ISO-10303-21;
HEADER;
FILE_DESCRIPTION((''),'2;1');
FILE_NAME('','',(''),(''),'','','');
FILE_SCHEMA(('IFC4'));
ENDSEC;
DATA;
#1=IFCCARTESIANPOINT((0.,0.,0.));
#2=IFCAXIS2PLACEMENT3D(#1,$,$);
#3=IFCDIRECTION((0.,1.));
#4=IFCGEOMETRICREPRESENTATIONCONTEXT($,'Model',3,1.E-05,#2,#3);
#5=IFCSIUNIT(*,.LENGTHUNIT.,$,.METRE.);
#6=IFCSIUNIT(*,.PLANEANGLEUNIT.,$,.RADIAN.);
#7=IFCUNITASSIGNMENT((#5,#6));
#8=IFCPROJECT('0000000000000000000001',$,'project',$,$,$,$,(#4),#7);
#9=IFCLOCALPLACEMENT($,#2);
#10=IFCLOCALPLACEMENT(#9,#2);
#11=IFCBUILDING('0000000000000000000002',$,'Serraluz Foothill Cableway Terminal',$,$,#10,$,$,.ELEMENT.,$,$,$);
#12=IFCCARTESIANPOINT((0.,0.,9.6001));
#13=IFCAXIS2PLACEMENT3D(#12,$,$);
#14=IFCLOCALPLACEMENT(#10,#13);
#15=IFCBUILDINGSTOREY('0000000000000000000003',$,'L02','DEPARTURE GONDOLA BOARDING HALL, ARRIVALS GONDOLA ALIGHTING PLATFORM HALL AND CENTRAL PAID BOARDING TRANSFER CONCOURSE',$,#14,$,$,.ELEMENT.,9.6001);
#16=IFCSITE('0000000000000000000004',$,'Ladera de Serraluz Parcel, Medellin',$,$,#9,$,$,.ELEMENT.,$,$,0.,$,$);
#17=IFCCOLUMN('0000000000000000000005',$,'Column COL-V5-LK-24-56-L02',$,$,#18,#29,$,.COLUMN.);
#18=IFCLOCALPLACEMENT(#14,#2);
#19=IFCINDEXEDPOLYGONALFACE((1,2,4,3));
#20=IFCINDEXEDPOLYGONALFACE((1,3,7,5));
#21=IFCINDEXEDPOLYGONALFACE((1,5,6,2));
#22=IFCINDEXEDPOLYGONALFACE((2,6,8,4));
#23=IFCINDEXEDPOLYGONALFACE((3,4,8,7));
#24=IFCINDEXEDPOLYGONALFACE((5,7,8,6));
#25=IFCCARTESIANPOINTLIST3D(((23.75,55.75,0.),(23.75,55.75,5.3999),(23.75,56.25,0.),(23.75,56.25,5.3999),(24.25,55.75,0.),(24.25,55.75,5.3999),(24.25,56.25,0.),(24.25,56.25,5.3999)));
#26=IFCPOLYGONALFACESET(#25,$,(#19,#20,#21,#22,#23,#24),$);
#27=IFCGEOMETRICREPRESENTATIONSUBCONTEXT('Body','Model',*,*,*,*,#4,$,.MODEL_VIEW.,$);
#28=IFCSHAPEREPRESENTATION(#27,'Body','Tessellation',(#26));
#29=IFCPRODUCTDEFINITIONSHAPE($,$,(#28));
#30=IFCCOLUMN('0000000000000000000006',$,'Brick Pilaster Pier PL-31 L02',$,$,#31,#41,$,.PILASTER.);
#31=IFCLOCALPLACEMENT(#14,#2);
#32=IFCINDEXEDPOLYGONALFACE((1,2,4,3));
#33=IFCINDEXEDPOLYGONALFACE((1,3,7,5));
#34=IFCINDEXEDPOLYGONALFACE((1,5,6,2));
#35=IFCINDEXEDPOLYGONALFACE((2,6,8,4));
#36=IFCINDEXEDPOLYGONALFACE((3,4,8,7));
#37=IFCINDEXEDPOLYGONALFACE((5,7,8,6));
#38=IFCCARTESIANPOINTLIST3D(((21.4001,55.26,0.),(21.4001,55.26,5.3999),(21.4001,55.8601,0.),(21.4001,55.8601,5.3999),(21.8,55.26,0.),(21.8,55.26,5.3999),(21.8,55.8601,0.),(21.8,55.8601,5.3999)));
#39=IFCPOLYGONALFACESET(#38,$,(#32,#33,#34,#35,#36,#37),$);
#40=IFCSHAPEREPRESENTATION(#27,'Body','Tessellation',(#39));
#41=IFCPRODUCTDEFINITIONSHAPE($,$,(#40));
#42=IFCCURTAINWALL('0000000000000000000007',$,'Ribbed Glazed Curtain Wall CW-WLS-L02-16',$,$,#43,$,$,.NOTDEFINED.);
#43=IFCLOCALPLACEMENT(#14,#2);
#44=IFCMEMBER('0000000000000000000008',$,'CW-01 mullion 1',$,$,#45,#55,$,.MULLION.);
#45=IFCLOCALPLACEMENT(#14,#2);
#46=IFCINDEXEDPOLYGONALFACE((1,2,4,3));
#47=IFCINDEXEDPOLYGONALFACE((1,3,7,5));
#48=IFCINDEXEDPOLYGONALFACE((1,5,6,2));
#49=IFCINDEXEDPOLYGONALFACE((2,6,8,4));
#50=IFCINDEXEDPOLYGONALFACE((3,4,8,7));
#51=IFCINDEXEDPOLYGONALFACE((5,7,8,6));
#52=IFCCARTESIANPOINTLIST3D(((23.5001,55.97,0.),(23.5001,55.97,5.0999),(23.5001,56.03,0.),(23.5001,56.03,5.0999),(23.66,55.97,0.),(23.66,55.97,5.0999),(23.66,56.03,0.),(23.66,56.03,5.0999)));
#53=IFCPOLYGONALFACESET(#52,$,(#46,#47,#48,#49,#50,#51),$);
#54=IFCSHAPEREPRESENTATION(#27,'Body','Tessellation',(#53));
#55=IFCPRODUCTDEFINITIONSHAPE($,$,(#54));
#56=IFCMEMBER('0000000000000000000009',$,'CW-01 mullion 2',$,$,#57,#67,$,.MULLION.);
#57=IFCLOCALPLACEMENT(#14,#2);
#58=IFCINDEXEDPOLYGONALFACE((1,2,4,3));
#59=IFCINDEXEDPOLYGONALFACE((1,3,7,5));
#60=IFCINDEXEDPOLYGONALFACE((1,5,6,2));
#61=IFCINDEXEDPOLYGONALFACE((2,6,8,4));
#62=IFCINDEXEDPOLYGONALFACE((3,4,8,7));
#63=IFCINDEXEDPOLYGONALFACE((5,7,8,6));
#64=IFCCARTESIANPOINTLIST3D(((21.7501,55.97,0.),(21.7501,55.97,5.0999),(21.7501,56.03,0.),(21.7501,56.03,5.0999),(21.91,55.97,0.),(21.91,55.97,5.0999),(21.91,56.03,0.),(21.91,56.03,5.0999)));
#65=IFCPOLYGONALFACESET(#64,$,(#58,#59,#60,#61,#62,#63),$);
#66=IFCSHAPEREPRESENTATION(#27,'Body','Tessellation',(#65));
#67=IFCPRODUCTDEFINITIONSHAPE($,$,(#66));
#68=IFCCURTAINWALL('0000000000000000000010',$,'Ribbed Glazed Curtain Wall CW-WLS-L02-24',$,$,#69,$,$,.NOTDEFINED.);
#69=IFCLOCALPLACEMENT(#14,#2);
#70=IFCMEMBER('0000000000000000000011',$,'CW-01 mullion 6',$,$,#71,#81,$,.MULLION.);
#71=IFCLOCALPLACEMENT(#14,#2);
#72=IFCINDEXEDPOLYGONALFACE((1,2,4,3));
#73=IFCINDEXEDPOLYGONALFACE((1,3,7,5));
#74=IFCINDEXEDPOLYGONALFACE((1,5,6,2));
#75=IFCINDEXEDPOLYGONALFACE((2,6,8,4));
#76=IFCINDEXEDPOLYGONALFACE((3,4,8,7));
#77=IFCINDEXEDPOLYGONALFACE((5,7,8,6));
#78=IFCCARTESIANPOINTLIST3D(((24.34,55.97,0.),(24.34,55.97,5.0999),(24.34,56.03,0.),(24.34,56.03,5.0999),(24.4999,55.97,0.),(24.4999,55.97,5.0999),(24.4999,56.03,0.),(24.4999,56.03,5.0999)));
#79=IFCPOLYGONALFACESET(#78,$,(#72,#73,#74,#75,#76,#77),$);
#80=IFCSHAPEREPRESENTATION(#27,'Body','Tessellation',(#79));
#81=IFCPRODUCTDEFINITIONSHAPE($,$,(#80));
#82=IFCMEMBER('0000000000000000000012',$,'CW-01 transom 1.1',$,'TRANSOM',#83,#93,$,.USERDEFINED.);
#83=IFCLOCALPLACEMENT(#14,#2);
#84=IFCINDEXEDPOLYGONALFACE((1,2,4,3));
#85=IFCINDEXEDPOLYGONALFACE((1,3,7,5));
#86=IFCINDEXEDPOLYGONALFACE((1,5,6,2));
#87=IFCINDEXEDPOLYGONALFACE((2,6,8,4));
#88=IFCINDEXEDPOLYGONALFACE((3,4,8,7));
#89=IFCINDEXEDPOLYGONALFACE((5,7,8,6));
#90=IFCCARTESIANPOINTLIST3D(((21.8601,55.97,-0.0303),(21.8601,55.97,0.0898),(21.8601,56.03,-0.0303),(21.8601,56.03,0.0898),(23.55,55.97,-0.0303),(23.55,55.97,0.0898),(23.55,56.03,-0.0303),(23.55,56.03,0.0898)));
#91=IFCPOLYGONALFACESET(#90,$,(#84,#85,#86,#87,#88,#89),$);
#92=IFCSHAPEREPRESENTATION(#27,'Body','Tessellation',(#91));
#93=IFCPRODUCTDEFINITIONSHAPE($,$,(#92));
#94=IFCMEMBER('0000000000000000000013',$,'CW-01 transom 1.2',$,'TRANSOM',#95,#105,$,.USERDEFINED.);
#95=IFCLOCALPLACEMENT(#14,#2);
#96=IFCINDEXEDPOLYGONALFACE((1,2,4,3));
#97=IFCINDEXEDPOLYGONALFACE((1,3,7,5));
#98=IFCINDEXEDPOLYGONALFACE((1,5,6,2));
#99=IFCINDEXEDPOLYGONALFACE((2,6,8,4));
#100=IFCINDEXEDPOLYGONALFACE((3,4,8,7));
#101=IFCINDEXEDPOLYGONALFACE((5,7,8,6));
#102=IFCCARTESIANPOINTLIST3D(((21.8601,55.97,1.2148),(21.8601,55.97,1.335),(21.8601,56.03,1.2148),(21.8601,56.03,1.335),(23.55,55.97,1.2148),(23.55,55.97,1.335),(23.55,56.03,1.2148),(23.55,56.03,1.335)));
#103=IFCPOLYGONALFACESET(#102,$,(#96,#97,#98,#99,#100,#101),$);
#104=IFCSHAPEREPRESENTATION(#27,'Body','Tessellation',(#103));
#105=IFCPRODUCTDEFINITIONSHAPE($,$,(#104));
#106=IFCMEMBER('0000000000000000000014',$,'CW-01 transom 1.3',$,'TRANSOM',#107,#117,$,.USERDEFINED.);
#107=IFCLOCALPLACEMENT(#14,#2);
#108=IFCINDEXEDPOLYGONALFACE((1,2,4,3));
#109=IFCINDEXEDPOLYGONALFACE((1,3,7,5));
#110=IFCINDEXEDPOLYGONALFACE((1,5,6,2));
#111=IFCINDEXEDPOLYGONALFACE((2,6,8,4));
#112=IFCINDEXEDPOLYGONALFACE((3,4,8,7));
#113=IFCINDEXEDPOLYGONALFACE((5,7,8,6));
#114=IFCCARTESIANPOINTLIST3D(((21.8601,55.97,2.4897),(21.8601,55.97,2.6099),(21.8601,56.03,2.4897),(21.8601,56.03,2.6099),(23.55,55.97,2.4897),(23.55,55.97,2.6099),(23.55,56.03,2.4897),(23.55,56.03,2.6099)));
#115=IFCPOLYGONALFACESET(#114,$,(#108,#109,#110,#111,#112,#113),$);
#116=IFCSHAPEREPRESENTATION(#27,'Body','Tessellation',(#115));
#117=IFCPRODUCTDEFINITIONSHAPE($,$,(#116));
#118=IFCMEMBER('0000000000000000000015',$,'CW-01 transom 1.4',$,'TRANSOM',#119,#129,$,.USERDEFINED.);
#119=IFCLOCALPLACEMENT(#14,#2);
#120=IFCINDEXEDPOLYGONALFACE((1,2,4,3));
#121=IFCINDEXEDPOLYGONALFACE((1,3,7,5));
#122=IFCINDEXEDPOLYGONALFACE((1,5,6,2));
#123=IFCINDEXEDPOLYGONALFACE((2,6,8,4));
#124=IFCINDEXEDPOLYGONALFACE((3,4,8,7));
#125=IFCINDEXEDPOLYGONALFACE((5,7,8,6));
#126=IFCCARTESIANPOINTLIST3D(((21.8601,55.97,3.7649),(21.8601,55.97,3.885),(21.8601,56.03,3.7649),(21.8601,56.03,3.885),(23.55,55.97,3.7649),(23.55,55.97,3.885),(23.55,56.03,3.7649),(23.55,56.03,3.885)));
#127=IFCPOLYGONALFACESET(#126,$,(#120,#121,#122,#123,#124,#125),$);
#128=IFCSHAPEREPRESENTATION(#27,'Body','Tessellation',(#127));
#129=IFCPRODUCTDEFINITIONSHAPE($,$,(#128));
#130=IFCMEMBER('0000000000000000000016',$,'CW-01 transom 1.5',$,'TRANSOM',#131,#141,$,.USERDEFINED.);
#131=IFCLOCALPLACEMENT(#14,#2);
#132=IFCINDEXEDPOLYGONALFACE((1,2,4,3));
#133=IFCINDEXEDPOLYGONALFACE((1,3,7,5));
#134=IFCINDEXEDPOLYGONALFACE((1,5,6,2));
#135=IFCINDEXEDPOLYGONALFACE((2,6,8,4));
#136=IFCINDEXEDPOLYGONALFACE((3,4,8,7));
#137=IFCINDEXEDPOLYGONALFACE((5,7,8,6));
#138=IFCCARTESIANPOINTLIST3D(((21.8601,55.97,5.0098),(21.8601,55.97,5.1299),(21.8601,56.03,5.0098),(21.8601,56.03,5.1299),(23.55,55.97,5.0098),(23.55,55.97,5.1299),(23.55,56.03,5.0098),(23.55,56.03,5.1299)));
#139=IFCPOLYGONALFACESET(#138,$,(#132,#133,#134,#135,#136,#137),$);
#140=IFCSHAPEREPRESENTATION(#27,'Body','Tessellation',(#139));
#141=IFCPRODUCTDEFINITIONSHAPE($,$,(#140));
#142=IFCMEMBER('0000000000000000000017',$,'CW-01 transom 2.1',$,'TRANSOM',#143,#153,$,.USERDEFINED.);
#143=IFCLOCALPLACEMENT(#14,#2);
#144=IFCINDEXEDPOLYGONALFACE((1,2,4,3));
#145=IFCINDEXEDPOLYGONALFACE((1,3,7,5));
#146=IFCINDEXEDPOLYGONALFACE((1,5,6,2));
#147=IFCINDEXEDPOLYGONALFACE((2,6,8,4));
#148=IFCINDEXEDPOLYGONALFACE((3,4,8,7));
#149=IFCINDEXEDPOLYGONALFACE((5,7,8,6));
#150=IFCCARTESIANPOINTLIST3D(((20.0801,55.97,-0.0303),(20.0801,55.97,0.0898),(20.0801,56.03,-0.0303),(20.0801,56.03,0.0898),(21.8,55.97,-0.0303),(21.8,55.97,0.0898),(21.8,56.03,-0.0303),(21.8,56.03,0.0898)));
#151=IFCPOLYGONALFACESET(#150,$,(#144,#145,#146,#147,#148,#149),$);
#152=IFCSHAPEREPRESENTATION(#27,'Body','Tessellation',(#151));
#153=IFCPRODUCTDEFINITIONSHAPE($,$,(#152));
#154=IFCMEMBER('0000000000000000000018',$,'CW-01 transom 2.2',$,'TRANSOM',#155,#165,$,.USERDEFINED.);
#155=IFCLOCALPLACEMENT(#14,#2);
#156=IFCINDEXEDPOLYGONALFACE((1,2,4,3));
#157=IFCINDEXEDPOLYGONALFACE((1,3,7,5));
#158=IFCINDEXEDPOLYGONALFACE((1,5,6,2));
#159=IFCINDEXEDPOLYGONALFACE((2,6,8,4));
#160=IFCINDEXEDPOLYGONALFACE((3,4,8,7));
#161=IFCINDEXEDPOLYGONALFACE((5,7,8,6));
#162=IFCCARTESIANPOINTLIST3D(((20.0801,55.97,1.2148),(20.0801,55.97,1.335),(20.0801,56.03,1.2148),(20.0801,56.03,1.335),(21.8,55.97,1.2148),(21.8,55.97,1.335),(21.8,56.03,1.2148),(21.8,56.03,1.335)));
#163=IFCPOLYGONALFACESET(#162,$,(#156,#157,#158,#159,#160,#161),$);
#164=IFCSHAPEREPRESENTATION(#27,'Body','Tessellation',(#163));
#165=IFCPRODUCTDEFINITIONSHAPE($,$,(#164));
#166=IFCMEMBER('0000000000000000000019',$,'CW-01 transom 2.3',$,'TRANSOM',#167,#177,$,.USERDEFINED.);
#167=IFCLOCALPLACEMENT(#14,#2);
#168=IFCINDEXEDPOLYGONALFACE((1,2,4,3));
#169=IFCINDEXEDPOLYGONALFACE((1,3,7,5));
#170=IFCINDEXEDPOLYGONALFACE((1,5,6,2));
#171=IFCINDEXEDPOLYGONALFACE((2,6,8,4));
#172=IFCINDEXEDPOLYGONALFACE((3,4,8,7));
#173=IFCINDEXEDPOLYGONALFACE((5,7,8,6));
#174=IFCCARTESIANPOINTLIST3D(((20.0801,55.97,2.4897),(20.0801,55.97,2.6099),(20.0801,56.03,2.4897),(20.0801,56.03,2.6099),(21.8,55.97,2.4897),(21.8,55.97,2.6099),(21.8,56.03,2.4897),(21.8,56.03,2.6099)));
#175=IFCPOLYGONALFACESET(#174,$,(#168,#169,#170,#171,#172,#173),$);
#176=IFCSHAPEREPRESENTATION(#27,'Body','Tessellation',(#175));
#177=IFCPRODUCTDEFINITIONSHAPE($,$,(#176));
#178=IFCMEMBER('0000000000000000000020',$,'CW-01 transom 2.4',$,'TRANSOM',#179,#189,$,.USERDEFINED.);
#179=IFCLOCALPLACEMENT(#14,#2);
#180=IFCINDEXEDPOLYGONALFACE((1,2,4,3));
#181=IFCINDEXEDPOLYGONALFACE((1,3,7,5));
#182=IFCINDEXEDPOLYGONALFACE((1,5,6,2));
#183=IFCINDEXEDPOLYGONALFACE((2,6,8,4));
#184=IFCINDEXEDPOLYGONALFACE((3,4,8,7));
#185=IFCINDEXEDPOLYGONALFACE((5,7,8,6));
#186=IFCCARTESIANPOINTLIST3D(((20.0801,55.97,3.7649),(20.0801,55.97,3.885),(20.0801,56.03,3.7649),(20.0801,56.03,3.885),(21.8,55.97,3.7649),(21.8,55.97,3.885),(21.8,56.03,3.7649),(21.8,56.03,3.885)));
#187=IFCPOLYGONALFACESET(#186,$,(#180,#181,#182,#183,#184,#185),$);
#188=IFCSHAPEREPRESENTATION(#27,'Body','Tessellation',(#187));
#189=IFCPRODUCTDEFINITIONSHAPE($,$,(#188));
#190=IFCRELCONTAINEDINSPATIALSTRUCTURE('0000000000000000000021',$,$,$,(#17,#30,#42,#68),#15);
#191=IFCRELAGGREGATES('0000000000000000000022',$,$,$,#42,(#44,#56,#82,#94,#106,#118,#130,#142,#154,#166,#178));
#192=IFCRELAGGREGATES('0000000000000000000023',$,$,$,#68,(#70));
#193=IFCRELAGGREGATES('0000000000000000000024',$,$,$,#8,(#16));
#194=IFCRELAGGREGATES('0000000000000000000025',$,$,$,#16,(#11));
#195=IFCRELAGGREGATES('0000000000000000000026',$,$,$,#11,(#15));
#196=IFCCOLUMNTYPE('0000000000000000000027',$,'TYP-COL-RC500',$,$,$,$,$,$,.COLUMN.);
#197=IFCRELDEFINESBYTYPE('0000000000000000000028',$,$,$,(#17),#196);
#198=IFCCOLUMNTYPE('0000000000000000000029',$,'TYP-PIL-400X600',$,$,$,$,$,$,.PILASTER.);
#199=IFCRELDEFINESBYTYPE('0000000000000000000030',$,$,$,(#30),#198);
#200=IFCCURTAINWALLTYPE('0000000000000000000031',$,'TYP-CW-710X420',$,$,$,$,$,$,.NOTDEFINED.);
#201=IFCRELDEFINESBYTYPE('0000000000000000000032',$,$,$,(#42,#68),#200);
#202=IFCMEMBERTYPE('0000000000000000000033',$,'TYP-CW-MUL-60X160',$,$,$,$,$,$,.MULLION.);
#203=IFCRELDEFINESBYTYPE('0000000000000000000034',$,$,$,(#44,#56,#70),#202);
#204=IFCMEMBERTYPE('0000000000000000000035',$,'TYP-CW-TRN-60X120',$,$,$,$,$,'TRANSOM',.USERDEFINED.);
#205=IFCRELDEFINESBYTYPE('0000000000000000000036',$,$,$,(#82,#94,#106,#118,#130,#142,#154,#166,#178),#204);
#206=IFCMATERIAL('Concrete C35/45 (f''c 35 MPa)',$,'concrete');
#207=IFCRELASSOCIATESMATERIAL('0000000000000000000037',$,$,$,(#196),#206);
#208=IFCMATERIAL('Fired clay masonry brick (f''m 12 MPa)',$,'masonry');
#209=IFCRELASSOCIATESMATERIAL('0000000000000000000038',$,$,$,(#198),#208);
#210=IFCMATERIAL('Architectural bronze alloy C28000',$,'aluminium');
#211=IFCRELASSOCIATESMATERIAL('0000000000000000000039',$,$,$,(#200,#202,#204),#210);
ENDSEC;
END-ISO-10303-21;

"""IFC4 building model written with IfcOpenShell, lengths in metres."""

from ifc_helpers import new_model, si_unit, direction, frame, origin, origin_2d, place, context, subcontext, project, spatial, rectangle, extrude, material, material_profile, profile_set, type_object, element, aggregate, save


model = new_model("IFC4")

# Units and contexts
model_context = context("Model", 3, precision=1e-05, world=origin(), true_north=direction((0.0, 1.0)))
body_context = subcontext(model_context, "Body", "Model", "MODEL_VIEW")
ifc_project = project(units=[si_unit("LENGTHUNIT", "METRE"), si_unit("PLANEANGLEUNIT", "RADIAN")], contexts=[model_context])

# Site, building, storey
site_placement = place(None, origin())
site = spatial("IfcSite", under=ifc_project, at=site_placement, Name="Ladera de Serraluz Parcel, Medellin", CompositionType="ELEMENT", RefElevation=0.0)
building_placement = place(site_placement, origin())
building = spatial("IfcBuilding", under=site, at=building_placement, Name="Serraluz Foothill Cableway Terminal", CompositionType="ELEMENT")
storey_placement = place(building_placement, frame((0.0, 0.0, 9.6001)))
storey = spatial("IfcBuildingStorey", under=building, at=storey_placement, Name="L02", Description="DEPARTURE GONDOLA BOARDING HALL, ARRIVALS GONDOLA ALIGHTING PLATFORM HALL AND CENTRAL PAID BOARDING TRANSFER CONCOURSE", CompositionType="ELEMENT", Elevation=9.6001)

# Columns
ifc_material_1 = material(Name="Concrete C35/45 (f'c 35 MPa)", Category="concrete")
ifc_material_profile_1 = material_profile(ifc_material_1, rectangle(XDim=0.5, YDim=0.5, at=origin_2d()), Name="RC 500x500")
ifc_profile_set_1 = profile_set([ifc_material_profile_1], Name="Concrete C35/45 (f'c 35 MPa)")
column_type_1 = type_object("IfcColumnType", Name="TYP-COL-RC500", PredefinedType="COLUMN", material=ifc_profile_set_1)
column_1_placement = place(storey_placement, frame((24.0, 56.0, 0.0), z_axis=(0.0, 0.0, 1.0), x_axis=(1.0, 0.0, 0.0)))
element("IfcColumn", 1, at=column_1_placement, inside=storey, type_object=column_type_1, Name="Column COL-V5-LK-24-56-L02", PredefinedType="COLUMN", context=body_context, shape_type="SweptSolid", body=[
    extrude(rectangle(XDim=0.5, YDim=0.5, at=origin_2d()), origin(), (0.0, 0.0, 1.0), 5.3999),
])
ifc_material_2 = material(Name="Fired clay masonry brick (f'm 12 MPa)", Category="masonry")
ifc_material_profile_2 = material_profile(ifc_material_2, rectangle(XDim=0.3999, YDim=0.6001, at=origin_2d()), Name="PIL 400x600")
ifc_profile_set_2 = profile_set([ifc_material_profile_2], Name="Fired clay masonry brick (f'm 12 MPa)")
column_type_2 = type_object("IfcColumnType", Name="TYP-PIL-400X600", PredefinedType="PILASTER", material=ifc_profile_set_2)
column_2_placement = place(storey_placement, frame((21.6001, 55.5601, 0.0), z_axis=(0.0, 0.0, 1.0), x_axis=(1.0, 0.0, 0.0)))
element("IfcColumn", 2, at=column_2_placement, inside=storey, type_object=column_type_2, Name="Brick Pilaster Pier PL-31 L02", PredefinedType="PILASTER", context=body_context, shape_type="SweptSolid", body=[
    extrude(rectangle(XDim=0.3999, YDim=0.6001, at=origin_2d()), origin(), (0.0, 0.0, 1.0), 5.3999),
])

# Curtain wall, members
ifc_material_3 = material(Name="Architectural bronze alloy C28000", Category="aluminium")
curtain_wall_type = type_object("IfcCurtainWallType", Name="TYP-CW-710X420", PredefinedType="NOTDEFINED", material=ifc_material_3)
curtain_wall_1_placement = place(storey_placement, origin())
curtain_wall_1 = element("IfcCurtainWall", 3, at=curtain_wall_1_placement, inside=storey, type_object=curtain_wall_type, Name="Ribbed Glazed Curtain Wall CW-WLS-L02-16", PredefinedType="NOTDEFINED")
ifc_material_profile_3 = material_profile(ifc_material_3, rectangle(XDim=0.0601, YDim=0.1599, at=origin_2d()), Name="ALU MULLION 60x160")
ifc_profile_set_3 = profile_set([ifc_material_profile_3], Name="Architectural bronze alloy C28000")
member_type_1 = type_object("IfcMemberType", Name="TYP-CW-MUL-60X160", PredefinedType="MULLION", material=ifc_profile_set_3)
member_1_placement = place(storey_placement, frame((23.5801, 56.0, 0.0), z_axis=(0.0, 0.0, 1.0), x_axis=(0.0, -1.0, 0.0)))
member_1 = element("IfcMember", 4, at=member_1_placement, type_object=member_type_1, Name="CW-01 mullion 1", PredefinedType="MULLION", context=body_context, shape_type="SweptSolid", body=[
    extrude(rectangle(XDim=0.0601, YDim=0.1599, at=origin_2d()), origin(), (0.0, 0.0, 1.0), 5.0999),
])
member_2_placement = place(storey_placement, frame((21.8301, 56.0, 0.0), z_axis=(0.0, 0.0, 1.0), x_axis=(0.0, -1.0, 0.0)))
member_2 = element("IfcMember", 5, at=member_2_placement, type_object=member_type_1, Name="CW-01 mullion 2", PredefinedType="MULLION", context=body_context, shape_type="SweptSolid", body=[
    extrude(rectangle(XDim=0.0601, YDim=0.1599, at=origin_2d()), origin(), (0.0, 0.0, 1.0), 5.0999),
])

# Curtain wall, member
curtain_wall_2_placement = place(storey_placement, origin())
curtain_wall_2 = element("IfcCurtainWall", 6, at=curtain_wall_2_placement, inside=storey, type_object=curtain_wall_type, Name="Ribbed Glazed Curtain Wall CW-WLS-L02-24", PredefinedType="NOTDEFINED")
member_3_placement = place(storey_placement, frame((24.4199, 56.0, 0.0), z_axis=(0.0, 0.0, 1.0), x_axis=(0.0, -1.0, 0.0)))
member_3 = element("IfcMember", 7, at=member_3_placement, type_object=member_type_1, Name="CW-01 mullion 6", PredefinedType="MULLION", context=body_context, shape_type="SweptSolid", body=[
    extrude(rectangle(XDim=0.0601, YDim=0.1599, at=origin_2d()), origin(), (0.0, 0.0, 1.0), 5.0999),
])

# Members
ifc_material_profile_4 = material_profile(ifc_material_3, rectangle(XDim=0.0601, YDim=0.1201, at=origin_2d()), Name="ALU TRANSOM 60x120")
ifc_profile_set_4 = profile_set([ifc_material_profile_4], Name="Architectural bronze alloy C28000")
member_type_2 = type_object("IfcMemberType", Name="TYP-CW-TRN-60X120", ElementType="TRANSOM", PredefinedType="USERDEFINED", material=ifc_profile_set_4)
member_4_placement = place(storey_placement, frame((23.55, 56.0, 0.0298), z_axis=(-1.0, 0.0, 0.0), x_axis=(0.0, -1.0, 0.0)))
member_4 = element("IfcMember", 8, at=member_4_placement, type_object=member_type_2, Name="CW-01 transom 1.1", ObjectType="TRANSOM", PredefinedType="USERDEFINED", context=body_context, shape_type="SweptSolid", body=[
    extrude(rectangle(XDim=0.0601, YDim=0.1201, at=origin_2d()), origin(), (0.0, 0.0, 1.0), 1.6899),
])
member_5_placement = place(storey_placement, frame((23.55, 56.0, 1.2749), z_axis=(-1.0, 0.0, 0.0), x_axis=(0.0, -1.0, 0.0)))
member_5 = element("IfcMember", 9, at=member_5_placement, type_object=member_type_2, Name="CW-01 transom 1.2", ObjectType="TRANSOM", PredefinedType="USERDEFINED", context=body_context, shape_type="SweptSolid", body=[
    extrude(rectangle(XDim=0.0601, YDim=0.1201, at=origin_2d()), origin(), (0.0, 0.0, 1.0), 1.6899),
])
member_6_placement = place(storey_placement, frame((23.55, 56.0, 2.5498), z_axis=(-1.0, 0.0, 0.0), x_axis=(0.0, -1.0, 0.0)))
member_6 = element("IfcMember", 10, at=member_6_placement, type_object=member_type_2, Name="CW-01 transom 1.3", ObjectType="TRANSOM", PredefinedType="USERDEFINED", context=body_context, shape_type="SweptSolid", body=[
    extrude(rectangle(XDim=0.0601, YDim=0.1201, at=origin_2d()), origin(), (0.0, 0.0, 1.0), 1.6899),
])
member_7_placement = place(storey_placement, frame((23.55, 56.0, 3.825), z_axis=(-1.0, 0.0, 0.0), x_axis=(0.0, -1.0, 0.0)))
member_7 = element("IfcMember", 11, at=member_7_placement, type_object=member_type_2, Name="CW-01 transom 1.4", ObjectType="TRANSOM", PredefinedType="USERDEFINED", context=body_context, shape_type="SweptSolid", body=[
    extrude(rectangle(XDim=0.0601, YDim=0.1201, at=origin_2d()), origin(), (0.0, 0.0, 1.0), 1.6899),
])
member_8_placement = place(storey_placement, frame((23.55, 56.0, 5.0698), z_axis=(-1.0, 0.0, 0.0), x_axis=(0.0, -1.0, 0.0)))
member_8 = element("IfcMember", 12, at=member_8_placement, type_object=member_type_2, Name="CW-01 transom 1.5", ObjectType="TRANSOM", PredefinedType="USERDEFINED", context=body_context, shape_type="SweptSolid", body=[
    extrude(rectangle(XDim=0.0601, YDim=0.1201, at=origin_2d()), origin(), (0.0, 0.0, 1.0), 1.6899),
])
member_9_placement = place(storey_placement, frame((21.8, 56.0, 0.0298), z_axis=(-1.0, 0.0, 0.0), x_axis=(0.0, -1.0, 0.0)))
member_9 = element("IfcMember", 13, at=member_9_placement, type_object=member_type_2, Name="CW-01 transom 2.1", ObjectType="TRANSOM", PredefinedType="USERDEFINED", context=body_context, shape_type="SweptSolid", body=[
    extrude(rectangle(XDim=0.0601, YDim=0.1201, at=origin_2d()), origin(), (0.0, 0.0, 1.0), 1.72),
])
member_10_placement = place(storey_placement, frame((21.8, 56.0, 1.2749), z_axis=(-1.0, 0.0, 0.0), x_axis=(0.0, -1.0, 0.0)))
member_10 = element("IfcMember", 14, at=member_10_placement, type_object=member_type_2, Name="CW-01 transom 2.2", ObjectType="TRANSOM", PredefinedType="USERDEFINED", context=body_context, shape_type="SweptSolid", body=[
    extrude(rectangle(XDim=0.0601, YDim=0.1201, at=origin_2d()), origin(), (0.0, 0.0, 1.0), 1.72),
])
member_11_placement = place(storey_placement, frame((21.8, 56.0, 2.5498), z_axis=(-1.0, 0.0, 0.0), x_axis=(0.0, -1.0, 0.0)))
member_11 = element("IfcMember", 15, at=member_11_placement, type_object=member_type_2, Name="CW-01 transom 2.3", ObjectType="TRANSOM", PredefinedType="USERDEFINED", context=body_context, shape_type="SweptSolid", body=[
    extrude(rectangle(XDim=0.0601, YDim=0.1201, at=origin_2d()), origin(), (0.0, 0.0, 1.0), 1.72),
])
member_12_placement = place(storey_placement, frame((21.8, 56.0, 3.825), z_axis=(-1.0, 0.0, 0.0), x_axis=(0.0, -1.0, 0.0)))
member_12 = element("IfcMember", 16, at=member_12_placement, type_object=member_type_2, Name="CW-01 transom 2.4", ObjectType="TRANSOM", PredefinedType="USERDEFINED", context=body_context, shape_type="SweptSolid", body=[
    extrude(rectangle(XDim=0.0601, YDim=0.1201, at=origin_2d()), origin(), (0.0, 0.0, 1.0), 1.72),
])

aggregate(curtain_wall_1, [member_1, member_2, member_4, member_5, member_6, member_7, member_8, member_9, member_10, member_11, member_12])
aggregate(curtain_wall_2, [member_3])

save(model, "model.ifc")
